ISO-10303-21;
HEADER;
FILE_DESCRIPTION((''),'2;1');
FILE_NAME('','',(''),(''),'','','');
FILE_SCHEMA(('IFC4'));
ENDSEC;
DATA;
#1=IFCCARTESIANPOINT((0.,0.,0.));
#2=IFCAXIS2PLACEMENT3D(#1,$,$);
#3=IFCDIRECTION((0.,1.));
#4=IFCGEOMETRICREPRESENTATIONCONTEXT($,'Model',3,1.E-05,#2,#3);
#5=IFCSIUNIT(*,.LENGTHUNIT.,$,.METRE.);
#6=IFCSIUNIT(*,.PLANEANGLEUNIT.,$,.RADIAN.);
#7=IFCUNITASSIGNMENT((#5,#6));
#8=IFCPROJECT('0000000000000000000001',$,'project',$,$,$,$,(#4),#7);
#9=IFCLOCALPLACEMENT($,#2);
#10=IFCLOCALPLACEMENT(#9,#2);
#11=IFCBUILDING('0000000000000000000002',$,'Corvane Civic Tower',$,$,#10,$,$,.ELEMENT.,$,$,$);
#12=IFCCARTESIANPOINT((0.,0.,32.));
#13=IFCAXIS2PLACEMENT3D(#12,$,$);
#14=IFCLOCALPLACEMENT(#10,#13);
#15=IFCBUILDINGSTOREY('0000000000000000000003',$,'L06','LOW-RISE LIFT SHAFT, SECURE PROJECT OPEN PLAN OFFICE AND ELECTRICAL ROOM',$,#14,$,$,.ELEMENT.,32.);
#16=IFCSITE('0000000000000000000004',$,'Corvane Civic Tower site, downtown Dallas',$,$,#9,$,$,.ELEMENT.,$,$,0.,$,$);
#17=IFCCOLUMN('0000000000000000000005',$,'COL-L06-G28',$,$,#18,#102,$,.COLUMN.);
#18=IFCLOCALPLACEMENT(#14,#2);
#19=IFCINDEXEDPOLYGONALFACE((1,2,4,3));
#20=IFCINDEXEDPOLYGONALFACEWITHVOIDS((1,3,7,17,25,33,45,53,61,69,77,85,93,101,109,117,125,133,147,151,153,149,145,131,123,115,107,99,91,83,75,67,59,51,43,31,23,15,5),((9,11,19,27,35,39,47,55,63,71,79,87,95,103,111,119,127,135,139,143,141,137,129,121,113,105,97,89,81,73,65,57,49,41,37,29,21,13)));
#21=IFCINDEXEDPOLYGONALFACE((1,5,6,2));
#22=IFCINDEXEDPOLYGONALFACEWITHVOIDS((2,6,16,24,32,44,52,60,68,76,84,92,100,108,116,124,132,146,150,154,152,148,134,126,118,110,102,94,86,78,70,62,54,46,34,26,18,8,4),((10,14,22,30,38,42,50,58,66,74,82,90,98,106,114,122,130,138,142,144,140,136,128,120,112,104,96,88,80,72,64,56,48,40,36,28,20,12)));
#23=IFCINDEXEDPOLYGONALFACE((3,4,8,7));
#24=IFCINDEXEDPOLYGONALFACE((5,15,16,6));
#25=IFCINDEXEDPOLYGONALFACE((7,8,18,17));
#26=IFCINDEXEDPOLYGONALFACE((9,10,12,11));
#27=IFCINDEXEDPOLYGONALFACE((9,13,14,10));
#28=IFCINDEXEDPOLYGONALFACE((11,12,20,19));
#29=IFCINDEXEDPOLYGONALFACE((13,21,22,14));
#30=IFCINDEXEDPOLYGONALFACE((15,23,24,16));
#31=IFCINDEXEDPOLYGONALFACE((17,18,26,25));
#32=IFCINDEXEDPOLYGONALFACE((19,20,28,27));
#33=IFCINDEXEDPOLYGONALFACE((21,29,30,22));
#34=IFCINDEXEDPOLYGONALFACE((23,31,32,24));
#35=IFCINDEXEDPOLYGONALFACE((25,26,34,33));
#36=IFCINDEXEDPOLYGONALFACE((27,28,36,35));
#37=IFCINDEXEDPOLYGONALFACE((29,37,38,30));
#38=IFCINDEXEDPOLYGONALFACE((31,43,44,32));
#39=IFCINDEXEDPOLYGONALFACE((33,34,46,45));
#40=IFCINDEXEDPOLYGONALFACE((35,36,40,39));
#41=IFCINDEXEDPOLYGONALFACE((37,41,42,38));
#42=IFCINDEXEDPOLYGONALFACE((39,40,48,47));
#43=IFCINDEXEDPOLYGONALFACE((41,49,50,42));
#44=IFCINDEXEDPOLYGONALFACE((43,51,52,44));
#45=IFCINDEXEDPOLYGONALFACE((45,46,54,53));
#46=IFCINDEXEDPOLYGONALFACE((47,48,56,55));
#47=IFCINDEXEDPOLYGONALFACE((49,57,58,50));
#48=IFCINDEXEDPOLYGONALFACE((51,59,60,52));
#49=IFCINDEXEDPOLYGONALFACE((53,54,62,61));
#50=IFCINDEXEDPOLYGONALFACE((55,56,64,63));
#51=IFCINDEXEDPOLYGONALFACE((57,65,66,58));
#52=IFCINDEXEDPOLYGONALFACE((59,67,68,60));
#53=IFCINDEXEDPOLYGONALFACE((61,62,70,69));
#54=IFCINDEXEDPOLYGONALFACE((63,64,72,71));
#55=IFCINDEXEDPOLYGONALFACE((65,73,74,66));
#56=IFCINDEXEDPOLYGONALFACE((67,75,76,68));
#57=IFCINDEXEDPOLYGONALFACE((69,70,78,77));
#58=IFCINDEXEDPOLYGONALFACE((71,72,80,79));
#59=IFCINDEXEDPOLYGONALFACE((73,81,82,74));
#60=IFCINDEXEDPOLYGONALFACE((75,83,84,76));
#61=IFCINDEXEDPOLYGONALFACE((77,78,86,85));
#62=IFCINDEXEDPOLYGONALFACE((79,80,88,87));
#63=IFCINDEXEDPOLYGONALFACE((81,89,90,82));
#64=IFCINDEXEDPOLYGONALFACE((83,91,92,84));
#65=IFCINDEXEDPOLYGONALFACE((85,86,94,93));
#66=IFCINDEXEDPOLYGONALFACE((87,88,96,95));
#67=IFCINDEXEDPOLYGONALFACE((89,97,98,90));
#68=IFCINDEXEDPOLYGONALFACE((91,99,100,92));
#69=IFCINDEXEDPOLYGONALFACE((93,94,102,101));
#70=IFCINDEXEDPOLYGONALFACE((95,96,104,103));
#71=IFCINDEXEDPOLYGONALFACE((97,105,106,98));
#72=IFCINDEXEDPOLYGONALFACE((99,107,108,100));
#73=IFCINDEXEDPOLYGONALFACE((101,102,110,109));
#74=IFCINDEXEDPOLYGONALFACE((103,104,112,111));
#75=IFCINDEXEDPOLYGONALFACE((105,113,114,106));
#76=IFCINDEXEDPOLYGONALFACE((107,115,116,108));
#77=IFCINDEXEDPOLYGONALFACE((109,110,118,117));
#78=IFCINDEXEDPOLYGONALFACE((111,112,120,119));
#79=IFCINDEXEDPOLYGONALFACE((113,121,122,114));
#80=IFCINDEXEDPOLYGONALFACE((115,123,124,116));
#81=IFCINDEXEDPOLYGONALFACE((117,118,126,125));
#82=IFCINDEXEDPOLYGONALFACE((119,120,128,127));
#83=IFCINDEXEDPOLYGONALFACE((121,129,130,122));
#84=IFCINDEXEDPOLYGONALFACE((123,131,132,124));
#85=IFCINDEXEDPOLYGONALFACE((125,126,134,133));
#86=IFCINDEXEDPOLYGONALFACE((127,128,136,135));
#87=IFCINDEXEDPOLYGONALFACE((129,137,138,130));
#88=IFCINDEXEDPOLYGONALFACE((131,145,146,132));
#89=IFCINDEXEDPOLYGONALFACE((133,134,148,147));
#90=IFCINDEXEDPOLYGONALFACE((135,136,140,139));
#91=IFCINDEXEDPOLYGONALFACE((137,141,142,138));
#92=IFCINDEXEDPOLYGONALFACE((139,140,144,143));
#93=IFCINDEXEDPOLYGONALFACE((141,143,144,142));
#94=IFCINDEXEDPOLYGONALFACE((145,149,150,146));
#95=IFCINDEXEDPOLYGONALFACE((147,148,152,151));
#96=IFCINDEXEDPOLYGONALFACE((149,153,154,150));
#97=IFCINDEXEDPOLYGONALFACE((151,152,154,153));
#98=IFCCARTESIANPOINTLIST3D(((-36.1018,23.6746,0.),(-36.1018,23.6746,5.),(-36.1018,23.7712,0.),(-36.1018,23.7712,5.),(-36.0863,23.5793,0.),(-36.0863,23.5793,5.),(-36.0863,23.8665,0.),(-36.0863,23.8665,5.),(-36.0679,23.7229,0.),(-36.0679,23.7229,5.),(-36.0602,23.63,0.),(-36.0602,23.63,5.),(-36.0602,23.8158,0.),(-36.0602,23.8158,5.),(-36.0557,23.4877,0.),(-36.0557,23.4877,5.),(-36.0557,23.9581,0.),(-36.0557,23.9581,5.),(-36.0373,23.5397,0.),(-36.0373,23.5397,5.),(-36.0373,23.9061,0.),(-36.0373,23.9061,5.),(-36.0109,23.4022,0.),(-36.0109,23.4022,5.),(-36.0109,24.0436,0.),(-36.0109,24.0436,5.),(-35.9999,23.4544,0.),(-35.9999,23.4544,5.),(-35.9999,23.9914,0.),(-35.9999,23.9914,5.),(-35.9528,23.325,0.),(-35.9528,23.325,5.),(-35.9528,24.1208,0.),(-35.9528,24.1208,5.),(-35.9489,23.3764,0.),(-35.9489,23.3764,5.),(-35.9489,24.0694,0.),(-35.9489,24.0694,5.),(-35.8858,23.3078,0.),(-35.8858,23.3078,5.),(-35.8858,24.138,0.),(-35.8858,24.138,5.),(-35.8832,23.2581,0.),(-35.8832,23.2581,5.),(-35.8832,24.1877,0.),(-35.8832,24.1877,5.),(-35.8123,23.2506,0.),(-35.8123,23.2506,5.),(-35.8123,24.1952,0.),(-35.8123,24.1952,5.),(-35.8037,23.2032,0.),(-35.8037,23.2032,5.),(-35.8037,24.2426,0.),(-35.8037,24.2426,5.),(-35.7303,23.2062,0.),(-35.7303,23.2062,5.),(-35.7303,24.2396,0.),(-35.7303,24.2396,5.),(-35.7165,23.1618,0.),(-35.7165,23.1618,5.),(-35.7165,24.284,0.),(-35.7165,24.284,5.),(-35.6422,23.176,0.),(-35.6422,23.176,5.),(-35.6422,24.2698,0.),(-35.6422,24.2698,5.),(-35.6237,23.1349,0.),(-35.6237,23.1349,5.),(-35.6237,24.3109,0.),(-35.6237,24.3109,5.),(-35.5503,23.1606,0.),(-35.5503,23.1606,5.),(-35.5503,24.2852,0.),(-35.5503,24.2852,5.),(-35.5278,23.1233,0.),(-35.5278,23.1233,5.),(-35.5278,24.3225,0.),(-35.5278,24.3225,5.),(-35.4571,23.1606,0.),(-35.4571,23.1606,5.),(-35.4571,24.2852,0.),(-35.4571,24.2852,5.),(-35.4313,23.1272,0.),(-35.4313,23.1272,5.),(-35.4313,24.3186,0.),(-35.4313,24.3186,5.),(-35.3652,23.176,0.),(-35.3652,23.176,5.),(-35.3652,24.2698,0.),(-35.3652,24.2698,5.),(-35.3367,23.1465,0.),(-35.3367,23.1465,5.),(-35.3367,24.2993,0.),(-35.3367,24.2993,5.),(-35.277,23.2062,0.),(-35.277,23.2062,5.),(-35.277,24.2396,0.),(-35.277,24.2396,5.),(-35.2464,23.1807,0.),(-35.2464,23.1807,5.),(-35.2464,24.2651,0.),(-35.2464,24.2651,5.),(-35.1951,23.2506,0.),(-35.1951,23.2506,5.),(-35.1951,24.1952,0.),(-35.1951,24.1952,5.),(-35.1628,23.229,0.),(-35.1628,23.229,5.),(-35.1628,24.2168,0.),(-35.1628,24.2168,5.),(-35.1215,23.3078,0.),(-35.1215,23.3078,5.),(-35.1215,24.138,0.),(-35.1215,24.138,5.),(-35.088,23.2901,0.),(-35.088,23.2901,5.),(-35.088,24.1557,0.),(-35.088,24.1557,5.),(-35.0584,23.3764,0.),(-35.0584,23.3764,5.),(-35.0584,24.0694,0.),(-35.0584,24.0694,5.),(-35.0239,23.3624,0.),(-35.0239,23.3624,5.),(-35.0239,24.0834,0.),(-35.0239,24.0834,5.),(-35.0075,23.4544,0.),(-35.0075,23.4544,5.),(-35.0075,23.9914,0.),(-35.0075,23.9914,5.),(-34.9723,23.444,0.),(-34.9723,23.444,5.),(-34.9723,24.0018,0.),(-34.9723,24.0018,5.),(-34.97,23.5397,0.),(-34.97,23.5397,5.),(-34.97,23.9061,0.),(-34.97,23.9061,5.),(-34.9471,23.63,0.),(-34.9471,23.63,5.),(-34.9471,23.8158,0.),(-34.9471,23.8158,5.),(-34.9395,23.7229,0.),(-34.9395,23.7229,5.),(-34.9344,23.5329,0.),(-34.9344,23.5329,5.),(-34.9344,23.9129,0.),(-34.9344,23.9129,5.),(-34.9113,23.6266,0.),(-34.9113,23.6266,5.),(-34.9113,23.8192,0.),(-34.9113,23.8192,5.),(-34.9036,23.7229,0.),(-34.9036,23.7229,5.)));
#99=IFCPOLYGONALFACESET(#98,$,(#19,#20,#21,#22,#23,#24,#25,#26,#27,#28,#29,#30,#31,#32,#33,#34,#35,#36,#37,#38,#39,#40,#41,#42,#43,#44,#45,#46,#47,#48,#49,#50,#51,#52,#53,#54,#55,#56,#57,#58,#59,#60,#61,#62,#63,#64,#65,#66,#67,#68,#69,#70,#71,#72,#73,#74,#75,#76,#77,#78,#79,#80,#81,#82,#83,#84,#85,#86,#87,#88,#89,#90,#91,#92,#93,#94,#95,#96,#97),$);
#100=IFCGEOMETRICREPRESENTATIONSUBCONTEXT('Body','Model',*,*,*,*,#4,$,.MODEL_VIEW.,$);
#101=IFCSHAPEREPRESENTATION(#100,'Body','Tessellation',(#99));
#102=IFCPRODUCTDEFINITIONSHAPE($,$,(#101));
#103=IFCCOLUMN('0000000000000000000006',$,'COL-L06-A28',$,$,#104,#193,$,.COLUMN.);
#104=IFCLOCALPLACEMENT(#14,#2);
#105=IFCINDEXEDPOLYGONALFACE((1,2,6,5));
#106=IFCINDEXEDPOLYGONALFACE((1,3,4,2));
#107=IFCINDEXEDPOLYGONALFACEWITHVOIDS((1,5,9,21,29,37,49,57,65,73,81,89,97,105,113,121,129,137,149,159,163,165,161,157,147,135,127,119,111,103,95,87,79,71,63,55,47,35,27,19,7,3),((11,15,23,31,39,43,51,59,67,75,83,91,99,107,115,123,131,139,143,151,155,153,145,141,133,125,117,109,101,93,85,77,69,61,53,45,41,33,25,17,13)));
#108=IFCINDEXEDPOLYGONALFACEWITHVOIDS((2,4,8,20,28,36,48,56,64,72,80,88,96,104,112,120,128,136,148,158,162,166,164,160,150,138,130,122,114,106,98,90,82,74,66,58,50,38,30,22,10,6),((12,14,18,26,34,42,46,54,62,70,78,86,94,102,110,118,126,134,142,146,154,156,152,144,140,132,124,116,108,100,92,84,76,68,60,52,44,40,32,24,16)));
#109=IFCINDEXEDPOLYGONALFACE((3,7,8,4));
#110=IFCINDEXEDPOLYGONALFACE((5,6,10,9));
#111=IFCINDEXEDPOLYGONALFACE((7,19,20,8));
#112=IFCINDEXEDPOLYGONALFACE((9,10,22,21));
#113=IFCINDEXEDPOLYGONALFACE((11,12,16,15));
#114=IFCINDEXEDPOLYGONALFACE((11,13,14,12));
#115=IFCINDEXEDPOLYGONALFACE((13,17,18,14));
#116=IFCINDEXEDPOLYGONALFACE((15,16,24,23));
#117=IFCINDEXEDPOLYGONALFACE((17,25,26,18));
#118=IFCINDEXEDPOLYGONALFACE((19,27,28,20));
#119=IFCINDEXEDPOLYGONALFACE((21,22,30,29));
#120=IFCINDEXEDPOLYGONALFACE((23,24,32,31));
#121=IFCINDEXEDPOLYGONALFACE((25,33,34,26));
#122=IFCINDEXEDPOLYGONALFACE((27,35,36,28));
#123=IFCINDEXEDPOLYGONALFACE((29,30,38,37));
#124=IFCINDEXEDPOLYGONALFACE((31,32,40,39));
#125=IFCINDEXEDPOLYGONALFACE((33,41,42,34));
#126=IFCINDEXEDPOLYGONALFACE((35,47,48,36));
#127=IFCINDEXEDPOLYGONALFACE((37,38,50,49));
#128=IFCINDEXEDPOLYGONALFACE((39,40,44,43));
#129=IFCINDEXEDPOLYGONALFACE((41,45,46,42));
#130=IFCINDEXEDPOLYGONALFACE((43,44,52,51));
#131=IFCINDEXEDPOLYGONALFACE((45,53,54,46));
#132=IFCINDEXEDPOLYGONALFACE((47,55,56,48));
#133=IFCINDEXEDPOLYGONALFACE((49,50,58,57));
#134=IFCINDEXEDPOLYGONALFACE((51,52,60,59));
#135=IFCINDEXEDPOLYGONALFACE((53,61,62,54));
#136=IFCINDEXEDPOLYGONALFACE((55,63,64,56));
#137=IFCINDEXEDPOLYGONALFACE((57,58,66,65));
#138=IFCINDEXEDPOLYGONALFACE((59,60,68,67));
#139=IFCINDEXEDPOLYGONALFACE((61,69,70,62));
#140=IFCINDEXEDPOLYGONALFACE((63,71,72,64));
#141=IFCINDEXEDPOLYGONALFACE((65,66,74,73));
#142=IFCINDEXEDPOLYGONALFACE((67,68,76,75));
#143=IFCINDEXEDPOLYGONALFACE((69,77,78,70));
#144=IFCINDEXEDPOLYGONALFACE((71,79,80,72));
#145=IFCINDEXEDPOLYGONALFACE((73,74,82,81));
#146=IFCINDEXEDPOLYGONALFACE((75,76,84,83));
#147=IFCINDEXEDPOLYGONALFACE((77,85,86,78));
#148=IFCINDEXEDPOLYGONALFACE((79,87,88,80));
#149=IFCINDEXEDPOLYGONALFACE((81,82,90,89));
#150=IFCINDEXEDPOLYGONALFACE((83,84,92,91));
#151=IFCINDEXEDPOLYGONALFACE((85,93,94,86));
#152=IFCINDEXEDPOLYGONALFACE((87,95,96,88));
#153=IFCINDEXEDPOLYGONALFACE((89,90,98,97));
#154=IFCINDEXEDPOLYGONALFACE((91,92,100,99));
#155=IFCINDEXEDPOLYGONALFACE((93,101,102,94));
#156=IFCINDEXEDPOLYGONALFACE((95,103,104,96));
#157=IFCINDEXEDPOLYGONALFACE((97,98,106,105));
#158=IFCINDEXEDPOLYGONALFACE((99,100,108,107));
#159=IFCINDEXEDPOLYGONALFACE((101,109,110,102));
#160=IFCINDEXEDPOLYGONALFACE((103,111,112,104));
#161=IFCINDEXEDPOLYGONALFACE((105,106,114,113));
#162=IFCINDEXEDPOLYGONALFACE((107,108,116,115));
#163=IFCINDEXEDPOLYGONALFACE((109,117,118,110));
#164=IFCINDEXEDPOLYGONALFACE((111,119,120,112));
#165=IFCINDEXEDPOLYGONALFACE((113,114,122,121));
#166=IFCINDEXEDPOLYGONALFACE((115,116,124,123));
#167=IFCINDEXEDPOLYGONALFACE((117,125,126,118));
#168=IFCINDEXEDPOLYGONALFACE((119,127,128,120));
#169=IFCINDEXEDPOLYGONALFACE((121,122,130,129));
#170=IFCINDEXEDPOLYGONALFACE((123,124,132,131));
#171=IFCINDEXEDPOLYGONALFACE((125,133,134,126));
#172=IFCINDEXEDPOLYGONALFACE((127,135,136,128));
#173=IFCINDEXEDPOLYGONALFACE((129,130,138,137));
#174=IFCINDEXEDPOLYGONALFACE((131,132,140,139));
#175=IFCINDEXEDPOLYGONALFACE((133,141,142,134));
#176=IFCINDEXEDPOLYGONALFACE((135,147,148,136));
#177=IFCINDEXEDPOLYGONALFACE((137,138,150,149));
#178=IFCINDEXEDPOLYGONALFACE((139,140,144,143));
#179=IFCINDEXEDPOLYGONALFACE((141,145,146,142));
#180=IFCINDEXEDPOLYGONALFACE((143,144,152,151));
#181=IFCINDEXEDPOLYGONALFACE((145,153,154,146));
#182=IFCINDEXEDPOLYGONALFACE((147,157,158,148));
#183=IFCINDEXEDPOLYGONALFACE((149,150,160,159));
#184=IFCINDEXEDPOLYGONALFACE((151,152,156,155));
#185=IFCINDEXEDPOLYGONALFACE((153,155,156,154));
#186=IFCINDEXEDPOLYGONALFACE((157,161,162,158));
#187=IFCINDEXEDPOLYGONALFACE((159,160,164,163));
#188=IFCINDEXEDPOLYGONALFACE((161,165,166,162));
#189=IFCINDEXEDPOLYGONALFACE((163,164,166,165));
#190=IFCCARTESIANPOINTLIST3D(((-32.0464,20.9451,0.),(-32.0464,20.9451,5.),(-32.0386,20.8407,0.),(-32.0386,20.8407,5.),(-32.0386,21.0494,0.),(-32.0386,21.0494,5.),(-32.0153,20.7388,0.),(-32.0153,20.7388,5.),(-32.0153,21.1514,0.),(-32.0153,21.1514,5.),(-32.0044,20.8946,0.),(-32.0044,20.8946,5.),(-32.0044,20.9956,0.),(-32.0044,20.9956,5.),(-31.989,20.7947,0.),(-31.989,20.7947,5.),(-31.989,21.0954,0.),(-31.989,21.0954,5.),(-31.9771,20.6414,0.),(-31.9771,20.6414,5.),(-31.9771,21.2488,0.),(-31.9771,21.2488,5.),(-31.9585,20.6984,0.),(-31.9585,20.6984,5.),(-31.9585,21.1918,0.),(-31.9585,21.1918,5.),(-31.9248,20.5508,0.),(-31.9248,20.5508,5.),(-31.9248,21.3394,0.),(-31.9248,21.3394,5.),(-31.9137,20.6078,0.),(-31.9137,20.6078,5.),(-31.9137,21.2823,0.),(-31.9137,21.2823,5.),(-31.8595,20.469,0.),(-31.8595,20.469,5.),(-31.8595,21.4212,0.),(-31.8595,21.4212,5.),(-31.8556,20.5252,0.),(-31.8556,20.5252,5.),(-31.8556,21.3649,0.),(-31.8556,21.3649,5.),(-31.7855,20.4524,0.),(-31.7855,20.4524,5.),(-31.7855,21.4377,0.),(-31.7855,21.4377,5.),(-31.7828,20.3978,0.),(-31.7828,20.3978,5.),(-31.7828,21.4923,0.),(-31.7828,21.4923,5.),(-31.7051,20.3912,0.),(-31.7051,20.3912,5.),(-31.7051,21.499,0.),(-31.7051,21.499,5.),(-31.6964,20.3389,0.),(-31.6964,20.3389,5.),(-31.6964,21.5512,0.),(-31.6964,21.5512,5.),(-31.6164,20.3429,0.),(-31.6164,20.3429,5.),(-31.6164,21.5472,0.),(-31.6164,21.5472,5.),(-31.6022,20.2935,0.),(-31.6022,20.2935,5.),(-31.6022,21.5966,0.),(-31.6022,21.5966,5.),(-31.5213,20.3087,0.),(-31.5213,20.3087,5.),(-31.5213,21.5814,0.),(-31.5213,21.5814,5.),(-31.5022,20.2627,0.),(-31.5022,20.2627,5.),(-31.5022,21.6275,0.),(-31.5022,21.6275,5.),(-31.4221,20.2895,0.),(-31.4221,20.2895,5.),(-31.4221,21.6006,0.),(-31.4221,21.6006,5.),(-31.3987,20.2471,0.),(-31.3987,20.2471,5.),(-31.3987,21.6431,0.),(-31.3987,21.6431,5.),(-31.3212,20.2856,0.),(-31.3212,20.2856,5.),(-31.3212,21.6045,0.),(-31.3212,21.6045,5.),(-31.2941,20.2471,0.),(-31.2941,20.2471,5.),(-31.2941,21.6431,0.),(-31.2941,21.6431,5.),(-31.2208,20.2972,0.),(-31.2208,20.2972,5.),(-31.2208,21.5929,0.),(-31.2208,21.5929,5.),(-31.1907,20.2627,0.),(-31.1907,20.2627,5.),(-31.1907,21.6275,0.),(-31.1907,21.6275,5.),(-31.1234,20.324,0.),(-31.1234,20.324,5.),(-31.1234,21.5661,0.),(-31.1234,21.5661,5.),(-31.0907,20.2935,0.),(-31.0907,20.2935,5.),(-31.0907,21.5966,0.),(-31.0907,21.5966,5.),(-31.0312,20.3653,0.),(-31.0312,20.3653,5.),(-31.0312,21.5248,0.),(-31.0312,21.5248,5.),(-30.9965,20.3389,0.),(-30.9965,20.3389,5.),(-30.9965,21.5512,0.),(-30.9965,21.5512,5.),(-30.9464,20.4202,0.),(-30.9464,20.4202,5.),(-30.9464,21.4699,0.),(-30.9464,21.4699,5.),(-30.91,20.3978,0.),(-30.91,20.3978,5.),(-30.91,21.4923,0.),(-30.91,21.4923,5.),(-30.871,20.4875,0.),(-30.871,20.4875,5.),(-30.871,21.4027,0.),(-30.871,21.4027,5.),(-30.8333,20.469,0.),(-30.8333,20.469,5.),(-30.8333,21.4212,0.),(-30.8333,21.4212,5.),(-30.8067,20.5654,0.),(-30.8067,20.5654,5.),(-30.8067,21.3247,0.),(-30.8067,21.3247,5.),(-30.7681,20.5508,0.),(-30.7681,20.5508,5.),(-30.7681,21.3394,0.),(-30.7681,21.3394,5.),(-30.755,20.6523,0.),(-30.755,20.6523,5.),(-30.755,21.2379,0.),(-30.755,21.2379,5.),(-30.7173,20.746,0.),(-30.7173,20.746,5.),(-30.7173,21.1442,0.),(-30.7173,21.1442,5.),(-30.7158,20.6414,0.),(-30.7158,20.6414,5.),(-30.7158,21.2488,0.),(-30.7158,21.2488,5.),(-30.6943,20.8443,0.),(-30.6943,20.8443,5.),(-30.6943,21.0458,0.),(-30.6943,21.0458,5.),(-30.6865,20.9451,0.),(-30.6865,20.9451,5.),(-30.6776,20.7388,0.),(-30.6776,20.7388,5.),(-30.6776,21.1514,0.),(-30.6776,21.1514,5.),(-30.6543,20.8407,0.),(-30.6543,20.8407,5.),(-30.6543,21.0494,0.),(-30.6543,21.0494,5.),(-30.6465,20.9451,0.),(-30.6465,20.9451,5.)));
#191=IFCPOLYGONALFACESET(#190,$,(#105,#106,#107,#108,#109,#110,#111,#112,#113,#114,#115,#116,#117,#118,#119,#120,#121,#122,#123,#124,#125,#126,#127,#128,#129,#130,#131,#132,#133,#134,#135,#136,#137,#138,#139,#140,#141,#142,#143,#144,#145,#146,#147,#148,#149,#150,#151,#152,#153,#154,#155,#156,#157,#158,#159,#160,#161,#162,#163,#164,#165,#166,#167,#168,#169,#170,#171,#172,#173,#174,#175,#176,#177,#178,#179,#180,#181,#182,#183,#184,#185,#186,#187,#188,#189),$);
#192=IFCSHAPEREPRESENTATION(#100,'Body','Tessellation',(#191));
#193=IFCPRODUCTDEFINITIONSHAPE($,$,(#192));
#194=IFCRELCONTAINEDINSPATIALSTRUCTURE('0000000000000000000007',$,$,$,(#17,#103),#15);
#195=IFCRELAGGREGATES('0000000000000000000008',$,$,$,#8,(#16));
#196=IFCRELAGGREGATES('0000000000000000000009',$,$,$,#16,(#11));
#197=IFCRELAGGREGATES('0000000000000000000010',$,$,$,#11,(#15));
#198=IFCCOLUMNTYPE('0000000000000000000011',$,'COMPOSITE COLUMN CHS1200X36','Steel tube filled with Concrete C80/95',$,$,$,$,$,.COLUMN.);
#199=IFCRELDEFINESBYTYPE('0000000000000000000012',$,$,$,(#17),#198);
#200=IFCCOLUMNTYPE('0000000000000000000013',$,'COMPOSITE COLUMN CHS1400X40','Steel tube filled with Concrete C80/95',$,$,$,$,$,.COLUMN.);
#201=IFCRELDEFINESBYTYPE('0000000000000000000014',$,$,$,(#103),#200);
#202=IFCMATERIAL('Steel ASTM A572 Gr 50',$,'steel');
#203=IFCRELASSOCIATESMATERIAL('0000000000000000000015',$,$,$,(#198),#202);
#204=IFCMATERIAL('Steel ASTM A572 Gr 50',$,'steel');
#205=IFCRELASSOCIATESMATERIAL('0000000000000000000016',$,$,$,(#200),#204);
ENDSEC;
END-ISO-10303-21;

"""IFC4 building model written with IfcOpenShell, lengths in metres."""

from ifc_helpers import new_model, si_unit, direction, frame, origin, origin_2d, place, context, subcontext, project, spatial, hollow_circle, extrude, material, material_profile, profile_set, type_object, element, save


model = new_model("IFC4")

# Units and contexts
model_context = context("Model", 3, precision=1e-05, world=origin(), true_north=direction((0.0, 1.0)))
body_context = subcontext(model_context, "Body", "Model", "MODEL_VIEW")
ifc_project = project(units=[si_unit("LENGTHUNIT", "METRE"), si_unit("PLANEANGLEUNIT", "RADIAN")], contexts=[model_context])

# Site, building, storey
site_placement = place(None, origin())
site = spatial("IfcSite", under=ifc_project, at=site_placement, Name="Corvane Civic Tower site, downtown Dallas", CompositionType="ELEMENT", RefElevation=0.0)
building_placement = place(site_placement, origin())
building = spatial("IfcBuilding", under=site, at=building_placement, Name="Corvane Civic Tower", CompositionType="ELEMENT")
storey_placement = place(building_placement, frame((0.0, 0.0, 32.0)))
storey = spatial("IfcBuildingStorey", under=building, at=storey_placement, Name="L06", Description="LOW-RISE LIFT SHAFT, SECURE PROJECT OPEN PLAN OFFICE AND ELECTRICAL ROOM", CompositionType="ELEMENT", Elevation=32.0)

# Columns
ifc_material_1 = material(Name="Steel ASTM A572 Gr 50", Category="steel")
ifc_material_profile_1 = material_profile(ifc_material_1, hollow_circle(Radius=0.6001, WallThickness=0.0359, at=origin_2d()), Name="CHS1200X36")
ifc_profile_set_1 = profile_set([ifc_material_profile_1], Name="Steel ASTM A572 Gr 50")
column_type_1 = type_object("IfcColumnType", Name="COMPOSITE COLUMN CHS1200X36", Description="Steel tube filled with Concrete C80/95", PredefinedType="COLUMN", material=ifc_profile_set_1)
column_placement = place(storey_placement, frame((-35.5037, 23.7229, 0.0), z_axis=(0.0, 0.0, 1.0), x_axis=(1.0, 0.0, 0.0)))
element("IfcColumn", 1, at=column_placement, inside=storey, type_object=column_type_1, Name="COL-L06-G28", PredefinedType="COLUMN", context=body_context, shape_type="SweptSolid", body=[
    extrude(hollow_circle(Radius=0.6001, WallThickness=0.0359, at=origin_2d()), origin(), (0.0, 0.0, 1.0), 5.0),
])
ifc_material_2 = material(Name="Steel ASTM A572 Gr 50", Category="steel")
ifc_material_profile_2 = material_profile(ifc_material_2, hollow_circle(Radius=0.7, WallThickness=0.04, at=origin_2d()), Name="CHS1400X40")
ifc_profile_set_2 = profile_set([ifc_material_profile_2], Name="Steel ASTM A572 Gr 50")
column_type_2 = type_object("IfcColumnType", Name="COMPOSITE COLUMN CHS1400X40", Description="Steel tube filled with Concrete C80/95", PredefinedType="COLUMN", material=ifc_profile_set_2)
for number, where, z_axis, x_axis, name in (
    (2, (-31.3464, 20.9451, 0.0), (0.0, 0.0, 1.0), (1.0, 0.0, 0.0), "COL-L06-A28"),
):
    element("IfcColumn", number, at=place(storey_placement, frame(where, z_axis=z_axis, x_axis=x_axis)), inside=storey, type_object=column_type_2, Name=name, PredefinedType="COLUMN", context=body_context, shape_type="SweptSolid", body=[
        extrude(hollow_circle(Radius=0.7, WallThickness=0.04, at=origin_2d()), origin(), (0.0, 0.0, 1.0), 5.0),
    ])

save(model, "model.ifc")
